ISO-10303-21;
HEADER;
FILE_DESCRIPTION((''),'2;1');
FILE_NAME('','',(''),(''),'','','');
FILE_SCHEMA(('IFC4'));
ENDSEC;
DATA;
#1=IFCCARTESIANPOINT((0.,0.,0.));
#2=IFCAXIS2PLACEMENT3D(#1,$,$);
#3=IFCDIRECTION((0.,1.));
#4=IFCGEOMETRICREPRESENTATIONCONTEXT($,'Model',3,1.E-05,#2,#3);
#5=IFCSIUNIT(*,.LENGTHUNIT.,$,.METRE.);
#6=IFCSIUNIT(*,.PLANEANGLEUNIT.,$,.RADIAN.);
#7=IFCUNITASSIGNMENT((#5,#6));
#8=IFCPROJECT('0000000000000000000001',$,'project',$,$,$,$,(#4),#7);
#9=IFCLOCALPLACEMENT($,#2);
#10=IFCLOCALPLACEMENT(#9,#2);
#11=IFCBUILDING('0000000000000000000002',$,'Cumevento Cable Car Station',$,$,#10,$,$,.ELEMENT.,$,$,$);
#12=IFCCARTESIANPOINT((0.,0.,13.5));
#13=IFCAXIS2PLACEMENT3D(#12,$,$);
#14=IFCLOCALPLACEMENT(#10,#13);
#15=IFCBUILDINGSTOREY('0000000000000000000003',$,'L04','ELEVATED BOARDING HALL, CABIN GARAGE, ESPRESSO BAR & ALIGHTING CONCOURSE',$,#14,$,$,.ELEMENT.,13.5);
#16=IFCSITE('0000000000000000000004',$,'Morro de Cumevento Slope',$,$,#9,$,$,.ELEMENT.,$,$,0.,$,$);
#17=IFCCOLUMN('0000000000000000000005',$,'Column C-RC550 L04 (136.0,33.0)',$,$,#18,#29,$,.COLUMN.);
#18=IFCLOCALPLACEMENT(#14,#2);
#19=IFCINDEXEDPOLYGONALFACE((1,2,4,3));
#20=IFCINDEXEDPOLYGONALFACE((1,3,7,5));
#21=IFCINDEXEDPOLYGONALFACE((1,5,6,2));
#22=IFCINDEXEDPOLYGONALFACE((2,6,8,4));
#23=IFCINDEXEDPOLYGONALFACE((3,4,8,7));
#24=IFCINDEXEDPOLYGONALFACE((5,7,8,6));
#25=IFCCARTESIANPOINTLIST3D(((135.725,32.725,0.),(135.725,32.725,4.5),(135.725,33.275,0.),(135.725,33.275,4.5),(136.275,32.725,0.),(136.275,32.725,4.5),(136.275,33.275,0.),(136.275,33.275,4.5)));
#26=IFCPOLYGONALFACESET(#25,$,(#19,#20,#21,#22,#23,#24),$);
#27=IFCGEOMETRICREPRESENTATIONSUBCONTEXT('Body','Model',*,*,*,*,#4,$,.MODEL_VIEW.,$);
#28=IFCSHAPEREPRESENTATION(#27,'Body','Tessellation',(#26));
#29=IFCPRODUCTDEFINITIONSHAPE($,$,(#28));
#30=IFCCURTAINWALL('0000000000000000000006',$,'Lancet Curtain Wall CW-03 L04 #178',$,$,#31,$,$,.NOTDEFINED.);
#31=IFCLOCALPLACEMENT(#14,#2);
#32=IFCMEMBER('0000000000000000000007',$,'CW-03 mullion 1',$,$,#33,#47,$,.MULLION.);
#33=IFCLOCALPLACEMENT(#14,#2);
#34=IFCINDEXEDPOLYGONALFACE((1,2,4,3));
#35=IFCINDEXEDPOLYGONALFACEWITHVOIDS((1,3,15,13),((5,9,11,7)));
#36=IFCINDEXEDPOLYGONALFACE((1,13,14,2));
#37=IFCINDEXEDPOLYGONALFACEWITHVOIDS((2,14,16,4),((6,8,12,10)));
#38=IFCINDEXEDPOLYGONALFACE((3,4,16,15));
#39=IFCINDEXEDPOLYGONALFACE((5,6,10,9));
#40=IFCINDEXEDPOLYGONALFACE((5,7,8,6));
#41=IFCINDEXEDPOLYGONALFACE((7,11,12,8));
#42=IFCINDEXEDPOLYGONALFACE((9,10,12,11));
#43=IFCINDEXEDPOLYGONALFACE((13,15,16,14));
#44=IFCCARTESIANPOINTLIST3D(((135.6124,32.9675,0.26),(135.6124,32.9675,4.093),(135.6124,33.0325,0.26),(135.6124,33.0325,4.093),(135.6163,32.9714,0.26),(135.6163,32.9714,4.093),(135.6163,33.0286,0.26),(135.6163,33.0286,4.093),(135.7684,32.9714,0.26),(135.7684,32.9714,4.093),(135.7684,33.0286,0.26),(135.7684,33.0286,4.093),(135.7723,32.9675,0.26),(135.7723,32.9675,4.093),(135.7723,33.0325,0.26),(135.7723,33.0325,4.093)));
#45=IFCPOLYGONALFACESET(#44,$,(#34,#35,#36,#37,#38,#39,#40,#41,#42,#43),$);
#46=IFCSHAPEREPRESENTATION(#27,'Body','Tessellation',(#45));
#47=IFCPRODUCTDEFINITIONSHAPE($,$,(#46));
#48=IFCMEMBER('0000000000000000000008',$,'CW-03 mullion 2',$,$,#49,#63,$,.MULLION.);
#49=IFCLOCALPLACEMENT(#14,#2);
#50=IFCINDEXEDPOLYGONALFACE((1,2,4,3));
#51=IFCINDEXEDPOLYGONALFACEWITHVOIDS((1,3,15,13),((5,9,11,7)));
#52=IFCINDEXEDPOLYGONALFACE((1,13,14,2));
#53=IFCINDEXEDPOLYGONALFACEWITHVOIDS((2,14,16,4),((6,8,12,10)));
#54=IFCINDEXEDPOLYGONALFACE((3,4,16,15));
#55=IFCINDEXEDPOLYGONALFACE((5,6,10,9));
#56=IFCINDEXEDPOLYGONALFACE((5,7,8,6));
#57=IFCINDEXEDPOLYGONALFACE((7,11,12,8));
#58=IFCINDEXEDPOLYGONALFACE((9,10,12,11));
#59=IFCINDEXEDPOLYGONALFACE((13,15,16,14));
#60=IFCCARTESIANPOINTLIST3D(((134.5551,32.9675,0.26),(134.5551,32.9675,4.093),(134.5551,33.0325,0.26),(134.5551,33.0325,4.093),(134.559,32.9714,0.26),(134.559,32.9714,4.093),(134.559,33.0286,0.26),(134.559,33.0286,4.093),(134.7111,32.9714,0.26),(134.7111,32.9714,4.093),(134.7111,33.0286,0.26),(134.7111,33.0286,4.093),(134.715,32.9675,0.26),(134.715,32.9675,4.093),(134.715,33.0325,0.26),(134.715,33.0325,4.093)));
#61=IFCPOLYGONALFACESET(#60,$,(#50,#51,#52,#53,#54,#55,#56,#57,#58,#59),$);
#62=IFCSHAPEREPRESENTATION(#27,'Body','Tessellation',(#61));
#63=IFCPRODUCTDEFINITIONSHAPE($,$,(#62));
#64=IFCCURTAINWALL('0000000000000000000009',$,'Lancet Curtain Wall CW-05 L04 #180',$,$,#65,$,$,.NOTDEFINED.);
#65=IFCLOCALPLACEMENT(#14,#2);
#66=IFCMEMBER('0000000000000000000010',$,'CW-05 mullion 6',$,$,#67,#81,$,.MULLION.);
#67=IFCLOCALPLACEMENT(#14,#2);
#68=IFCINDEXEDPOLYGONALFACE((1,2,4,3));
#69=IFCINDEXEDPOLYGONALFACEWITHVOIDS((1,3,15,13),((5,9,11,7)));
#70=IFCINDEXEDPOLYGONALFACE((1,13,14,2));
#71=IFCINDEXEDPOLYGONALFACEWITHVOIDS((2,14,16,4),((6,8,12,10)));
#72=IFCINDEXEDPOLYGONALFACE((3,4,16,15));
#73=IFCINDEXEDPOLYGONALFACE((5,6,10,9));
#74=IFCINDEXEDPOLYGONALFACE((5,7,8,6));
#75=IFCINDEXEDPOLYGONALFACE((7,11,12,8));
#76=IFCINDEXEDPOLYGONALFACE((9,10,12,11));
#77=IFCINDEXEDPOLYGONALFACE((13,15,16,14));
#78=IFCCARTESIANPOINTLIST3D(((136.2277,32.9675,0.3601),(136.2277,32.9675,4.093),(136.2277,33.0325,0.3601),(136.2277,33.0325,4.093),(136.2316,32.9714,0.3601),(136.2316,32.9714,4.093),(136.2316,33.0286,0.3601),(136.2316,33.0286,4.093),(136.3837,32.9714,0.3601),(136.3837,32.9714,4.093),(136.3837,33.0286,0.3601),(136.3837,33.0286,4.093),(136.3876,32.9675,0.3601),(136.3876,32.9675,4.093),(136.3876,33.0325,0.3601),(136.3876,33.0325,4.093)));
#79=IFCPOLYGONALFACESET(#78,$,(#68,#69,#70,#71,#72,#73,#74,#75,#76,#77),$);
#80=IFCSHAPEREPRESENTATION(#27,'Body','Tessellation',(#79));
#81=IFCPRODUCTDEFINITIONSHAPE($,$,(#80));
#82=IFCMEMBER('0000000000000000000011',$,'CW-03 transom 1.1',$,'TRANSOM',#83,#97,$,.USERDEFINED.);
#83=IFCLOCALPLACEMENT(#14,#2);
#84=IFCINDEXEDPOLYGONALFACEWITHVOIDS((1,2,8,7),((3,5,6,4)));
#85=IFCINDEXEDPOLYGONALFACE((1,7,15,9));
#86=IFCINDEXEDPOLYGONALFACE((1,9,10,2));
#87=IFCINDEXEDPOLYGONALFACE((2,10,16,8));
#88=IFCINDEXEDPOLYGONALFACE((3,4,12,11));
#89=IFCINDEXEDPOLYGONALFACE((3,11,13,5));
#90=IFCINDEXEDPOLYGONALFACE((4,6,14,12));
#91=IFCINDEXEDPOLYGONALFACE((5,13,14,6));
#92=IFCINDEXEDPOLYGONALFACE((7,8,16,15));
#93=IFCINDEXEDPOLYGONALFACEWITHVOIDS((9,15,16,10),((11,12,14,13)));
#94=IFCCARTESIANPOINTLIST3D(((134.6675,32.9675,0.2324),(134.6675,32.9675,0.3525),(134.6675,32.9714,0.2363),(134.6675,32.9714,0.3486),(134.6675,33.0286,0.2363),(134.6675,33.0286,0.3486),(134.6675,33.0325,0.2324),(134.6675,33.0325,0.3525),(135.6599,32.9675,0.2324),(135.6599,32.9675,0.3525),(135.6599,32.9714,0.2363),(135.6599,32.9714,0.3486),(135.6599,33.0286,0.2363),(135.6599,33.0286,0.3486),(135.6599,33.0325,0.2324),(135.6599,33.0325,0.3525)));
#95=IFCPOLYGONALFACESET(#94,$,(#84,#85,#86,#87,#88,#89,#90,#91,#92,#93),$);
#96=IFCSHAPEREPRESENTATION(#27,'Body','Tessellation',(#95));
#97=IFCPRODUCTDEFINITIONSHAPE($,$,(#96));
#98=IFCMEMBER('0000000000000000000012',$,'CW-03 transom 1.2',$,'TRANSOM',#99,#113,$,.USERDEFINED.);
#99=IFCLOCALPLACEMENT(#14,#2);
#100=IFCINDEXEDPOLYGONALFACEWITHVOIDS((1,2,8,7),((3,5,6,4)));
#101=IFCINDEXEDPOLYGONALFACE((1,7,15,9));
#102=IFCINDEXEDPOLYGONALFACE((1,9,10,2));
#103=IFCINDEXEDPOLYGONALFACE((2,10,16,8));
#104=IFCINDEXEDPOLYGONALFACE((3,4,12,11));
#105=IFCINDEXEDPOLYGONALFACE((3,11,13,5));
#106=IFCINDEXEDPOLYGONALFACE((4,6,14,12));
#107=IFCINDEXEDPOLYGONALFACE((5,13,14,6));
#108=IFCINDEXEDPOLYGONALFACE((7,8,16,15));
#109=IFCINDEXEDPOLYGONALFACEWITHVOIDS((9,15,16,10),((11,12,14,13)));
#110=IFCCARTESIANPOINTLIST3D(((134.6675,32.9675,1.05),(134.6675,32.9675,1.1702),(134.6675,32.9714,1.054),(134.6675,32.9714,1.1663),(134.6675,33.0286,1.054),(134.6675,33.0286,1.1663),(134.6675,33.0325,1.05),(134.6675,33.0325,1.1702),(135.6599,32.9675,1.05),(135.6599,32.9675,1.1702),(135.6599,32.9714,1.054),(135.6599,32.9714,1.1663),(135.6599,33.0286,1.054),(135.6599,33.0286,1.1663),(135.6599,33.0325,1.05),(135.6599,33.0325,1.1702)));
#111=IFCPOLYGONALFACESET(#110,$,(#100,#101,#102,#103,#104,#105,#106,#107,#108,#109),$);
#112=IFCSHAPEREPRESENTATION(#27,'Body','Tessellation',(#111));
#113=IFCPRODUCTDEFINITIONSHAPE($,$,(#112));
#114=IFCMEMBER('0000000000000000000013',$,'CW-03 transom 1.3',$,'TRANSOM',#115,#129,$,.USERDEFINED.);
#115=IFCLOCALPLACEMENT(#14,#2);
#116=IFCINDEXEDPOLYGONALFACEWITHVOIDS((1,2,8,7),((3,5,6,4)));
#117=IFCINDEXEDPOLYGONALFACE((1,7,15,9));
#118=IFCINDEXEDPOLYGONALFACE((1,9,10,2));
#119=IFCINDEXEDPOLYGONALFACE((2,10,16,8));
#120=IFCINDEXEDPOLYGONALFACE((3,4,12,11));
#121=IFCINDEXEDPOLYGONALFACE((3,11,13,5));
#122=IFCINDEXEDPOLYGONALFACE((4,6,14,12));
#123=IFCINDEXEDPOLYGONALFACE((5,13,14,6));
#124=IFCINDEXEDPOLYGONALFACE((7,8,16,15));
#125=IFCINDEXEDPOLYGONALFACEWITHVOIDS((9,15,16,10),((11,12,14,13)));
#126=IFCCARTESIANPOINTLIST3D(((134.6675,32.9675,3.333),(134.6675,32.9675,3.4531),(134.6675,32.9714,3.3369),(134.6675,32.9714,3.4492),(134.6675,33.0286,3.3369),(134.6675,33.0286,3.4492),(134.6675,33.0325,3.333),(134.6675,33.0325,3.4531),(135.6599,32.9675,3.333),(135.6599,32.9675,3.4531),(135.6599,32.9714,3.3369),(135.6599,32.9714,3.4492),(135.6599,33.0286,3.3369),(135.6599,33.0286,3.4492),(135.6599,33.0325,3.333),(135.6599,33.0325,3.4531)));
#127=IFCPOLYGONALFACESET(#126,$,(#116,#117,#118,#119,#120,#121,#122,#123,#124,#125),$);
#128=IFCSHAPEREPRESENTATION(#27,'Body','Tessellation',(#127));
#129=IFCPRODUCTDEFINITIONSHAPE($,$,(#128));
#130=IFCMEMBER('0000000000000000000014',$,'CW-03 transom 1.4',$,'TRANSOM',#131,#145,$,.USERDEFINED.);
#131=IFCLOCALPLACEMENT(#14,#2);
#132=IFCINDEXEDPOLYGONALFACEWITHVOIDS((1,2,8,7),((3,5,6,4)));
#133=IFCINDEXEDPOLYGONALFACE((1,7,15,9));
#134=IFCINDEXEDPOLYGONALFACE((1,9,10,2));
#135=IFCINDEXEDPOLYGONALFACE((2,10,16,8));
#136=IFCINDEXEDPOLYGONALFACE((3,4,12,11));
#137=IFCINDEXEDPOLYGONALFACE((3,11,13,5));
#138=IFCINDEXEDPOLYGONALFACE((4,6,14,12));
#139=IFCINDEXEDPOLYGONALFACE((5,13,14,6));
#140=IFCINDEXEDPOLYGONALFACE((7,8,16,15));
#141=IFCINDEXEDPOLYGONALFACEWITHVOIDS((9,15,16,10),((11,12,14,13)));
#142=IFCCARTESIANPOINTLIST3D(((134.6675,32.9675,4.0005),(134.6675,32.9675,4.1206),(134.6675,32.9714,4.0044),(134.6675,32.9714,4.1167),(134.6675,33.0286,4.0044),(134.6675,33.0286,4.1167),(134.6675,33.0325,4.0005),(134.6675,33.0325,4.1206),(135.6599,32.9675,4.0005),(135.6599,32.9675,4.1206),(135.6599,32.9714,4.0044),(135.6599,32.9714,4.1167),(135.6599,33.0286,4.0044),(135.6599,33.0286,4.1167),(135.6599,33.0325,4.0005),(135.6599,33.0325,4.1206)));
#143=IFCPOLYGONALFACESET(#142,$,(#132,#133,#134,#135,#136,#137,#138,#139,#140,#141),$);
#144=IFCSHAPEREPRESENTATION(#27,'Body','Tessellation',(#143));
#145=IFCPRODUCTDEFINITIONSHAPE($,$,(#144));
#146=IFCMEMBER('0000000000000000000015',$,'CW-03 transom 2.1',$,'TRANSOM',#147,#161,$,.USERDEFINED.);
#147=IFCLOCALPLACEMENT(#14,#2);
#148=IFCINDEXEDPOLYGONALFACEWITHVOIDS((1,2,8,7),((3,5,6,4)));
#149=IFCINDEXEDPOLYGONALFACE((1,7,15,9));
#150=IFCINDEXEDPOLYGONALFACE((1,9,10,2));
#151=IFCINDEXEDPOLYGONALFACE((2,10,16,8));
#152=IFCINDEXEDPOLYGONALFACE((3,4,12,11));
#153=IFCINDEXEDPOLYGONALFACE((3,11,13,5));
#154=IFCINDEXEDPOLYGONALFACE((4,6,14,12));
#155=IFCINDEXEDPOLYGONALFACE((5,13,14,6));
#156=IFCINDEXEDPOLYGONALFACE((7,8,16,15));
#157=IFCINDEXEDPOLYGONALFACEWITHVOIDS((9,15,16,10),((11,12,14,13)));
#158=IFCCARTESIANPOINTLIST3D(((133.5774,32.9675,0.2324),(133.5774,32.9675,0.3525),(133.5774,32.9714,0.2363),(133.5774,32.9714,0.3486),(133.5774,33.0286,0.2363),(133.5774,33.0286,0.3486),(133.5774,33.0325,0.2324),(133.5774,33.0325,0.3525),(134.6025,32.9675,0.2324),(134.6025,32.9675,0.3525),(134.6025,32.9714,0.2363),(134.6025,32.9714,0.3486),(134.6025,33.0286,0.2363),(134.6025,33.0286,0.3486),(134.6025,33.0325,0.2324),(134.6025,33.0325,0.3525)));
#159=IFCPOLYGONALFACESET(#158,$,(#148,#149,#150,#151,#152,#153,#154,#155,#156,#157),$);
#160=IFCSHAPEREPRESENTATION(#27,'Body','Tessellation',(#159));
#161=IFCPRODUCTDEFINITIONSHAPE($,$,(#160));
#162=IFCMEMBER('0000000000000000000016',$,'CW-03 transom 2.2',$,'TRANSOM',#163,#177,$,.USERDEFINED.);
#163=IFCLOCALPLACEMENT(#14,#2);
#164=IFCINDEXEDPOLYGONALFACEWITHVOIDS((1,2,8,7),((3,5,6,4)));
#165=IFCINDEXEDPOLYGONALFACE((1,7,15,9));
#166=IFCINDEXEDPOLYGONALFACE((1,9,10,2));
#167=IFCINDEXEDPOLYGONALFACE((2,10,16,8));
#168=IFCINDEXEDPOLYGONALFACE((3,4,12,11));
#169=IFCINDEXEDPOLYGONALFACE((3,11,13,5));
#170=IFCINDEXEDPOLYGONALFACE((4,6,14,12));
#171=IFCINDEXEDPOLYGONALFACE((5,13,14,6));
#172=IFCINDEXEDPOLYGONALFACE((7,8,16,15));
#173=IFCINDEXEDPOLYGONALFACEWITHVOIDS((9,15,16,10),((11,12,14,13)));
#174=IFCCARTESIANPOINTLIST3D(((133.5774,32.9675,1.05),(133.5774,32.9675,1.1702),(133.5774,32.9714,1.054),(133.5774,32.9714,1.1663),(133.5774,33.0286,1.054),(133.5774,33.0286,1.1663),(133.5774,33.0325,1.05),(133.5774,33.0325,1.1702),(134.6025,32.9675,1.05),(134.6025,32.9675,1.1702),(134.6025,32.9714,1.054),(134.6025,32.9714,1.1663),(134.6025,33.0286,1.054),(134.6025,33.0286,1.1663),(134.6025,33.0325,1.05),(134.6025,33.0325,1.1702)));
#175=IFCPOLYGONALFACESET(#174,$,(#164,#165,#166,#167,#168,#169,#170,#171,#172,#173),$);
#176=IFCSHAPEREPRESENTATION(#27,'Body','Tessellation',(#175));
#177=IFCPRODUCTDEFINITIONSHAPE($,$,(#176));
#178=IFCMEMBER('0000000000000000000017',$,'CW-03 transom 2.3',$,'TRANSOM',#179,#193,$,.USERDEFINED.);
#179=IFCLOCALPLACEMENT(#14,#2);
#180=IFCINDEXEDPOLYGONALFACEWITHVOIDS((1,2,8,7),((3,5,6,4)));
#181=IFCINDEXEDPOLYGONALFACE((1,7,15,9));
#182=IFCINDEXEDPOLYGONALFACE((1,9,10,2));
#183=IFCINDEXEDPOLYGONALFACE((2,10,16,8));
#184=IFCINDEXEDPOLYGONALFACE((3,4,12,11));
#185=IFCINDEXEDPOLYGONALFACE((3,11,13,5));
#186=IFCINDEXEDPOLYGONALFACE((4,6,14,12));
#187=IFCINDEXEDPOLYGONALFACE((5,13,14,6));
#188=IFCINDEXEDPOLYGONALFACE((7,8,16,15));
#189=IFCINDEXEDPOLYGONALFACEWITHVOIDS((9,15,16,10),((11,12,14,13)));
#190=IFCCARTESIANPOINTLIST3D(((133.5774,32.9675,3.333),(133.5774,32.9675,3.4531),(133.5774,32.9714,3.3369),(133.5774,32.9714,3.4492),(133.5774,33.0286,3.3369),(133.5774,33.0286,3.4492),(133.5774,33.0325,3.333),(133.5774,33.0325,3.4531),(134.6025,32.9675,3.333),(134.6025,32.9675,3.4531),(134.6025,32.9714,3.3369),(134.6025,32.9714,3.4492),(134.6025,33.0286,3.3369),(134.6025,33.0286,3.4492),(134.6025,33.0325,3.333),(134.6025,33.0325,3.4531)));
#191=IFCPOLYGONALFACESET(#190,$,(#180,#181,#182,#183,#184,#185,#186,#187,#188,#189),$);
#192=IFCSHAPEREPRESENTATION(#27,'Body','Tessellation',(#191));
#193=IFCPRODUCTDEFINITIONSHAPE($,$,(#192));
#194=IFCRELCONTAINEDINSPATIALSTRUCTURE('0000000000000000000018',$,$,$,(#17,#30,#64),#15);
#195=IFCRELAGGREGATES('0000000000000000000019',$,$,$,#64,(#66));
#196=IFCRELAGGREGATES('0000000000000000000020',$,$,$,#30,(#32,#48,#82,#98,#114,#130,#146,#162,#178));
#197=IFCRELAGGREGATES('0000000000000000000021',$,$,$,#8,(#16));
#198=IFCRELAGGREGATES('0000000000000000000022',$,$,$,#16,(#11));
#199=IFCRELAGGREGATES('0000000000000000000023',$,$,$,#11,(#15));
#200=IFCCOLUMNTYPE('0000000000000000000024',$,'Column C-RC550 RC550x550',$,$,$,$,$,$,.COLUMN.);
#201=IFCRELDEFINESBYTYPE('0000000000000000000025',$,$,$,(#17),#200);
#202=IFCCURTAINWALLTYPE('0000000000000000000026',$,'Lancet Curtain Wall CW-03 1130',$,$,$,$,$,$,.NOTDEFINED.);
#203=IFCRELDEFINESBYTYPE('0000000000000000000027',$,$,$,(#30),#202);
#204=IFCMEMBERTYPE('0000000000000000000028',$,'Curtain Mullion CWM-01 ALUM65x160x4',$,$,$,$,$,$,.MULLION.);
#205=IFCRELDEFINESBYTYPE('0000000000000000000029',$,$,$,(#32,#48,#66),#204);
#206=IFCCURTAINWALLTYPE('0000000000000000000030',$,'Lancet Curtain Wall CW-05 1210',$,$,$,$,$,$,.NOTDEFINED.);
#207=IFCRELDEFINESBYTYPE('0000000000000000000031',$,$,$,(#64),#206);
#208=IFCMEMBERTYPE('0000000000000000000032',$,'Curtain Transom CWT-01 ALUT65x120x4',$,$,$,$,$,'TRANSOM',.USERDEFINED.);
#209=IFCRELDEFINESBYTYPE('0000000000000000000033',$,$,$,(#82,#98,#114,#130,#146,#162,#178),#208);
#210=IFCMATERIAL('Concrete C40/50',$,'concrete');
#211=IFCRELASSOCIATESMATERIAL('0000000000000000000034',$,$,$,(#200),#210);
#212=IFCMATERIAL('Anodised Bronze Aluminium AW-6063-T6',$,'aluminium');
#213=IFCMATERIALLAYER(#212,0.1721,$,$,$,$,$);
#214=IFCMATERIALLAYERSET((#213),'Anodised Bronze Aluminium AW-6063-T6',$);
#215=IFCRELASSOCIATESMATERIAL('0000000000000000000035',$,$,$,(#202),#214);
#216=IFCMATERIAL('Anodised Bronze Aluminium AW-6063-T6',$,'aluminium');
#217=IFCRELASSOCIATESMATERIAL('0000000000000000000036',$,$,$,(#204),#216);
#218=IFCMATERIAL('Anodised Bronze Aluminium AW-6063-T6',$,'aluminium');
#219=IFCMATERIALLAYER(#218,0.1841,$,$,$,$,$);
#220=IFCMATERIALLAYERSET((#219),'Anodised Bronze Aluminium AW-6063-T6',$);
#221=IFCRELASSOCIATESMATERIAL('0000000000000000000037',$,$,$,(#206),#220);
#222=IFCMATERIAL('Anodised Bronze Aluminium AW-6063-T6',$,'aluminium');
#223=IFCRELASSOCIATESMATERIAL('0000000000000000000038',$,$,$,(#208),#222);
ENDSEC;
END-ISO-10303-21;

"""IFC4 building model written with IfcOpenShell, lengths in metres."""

from ifc_helpers import new_model, si_unit, direction, frame, origin, origin_2d, place, context, subcontext, project, spatial, rectangle, hollow_rectangle, extrude, material, layer, layer_set, material_profile, profile_set, type_object, element, aggregate, save


model = new_model("IFC4")

# Units and contexts
model_context = context("Model", 3, precision=1e-05, world=origin(), true_north=direction((0.0, 1.0)))
body_context = subcontext(model_context, "Body", "Model", "MODEL_VIEW")
ifc_project = project(units=[si_unit("LENGTHUNIT", "METRE"), si_unit("PLANEANGLEUNIT", "RADIAN")], contexts=[model_context])

# Site, building, storey
site_placement = place(None, origin())
site = spatial("IfcSite", under=ifc_project, at=site_placement, Name="Morro de Cumevento Slope", CompositionType="ELEMENT", RefElevation=0.0)
building_placement = place(site_placement, origin())
building = spatial("IfcBuilding", under=site, at=building_placement, Name="Cumevento Cable Car Station", CompositionType="ELEMENT")
storey_placement = place(building_placement, frame((0.0, 0.0, 13.5)))
storey = spatial("IfcBuildingStorey", under=building, at=storey_placement, Name="L04", Description="ELEVATED BOARDING HALL, CABIN GARAGE, ESPRESSO BAR & ALIGHTING CONCOURSE", CompositionType="ELEMENT", Elevation=13.5)

# Column
ifc_material_1 = material(Name="Concrete C40/50", Category="concrete")
ifc_material_profile_1 = material_profile(ifc_material_1, rectangle(XDim=0.55, YDim=0.55, at=origin_2d()), Name="RC550x550")
ifc_profile_set_1 = profile_set([ifc_material_profile_1], Name="Concrete C40/50")
column_type = type_object("IfcColumnType", Name="Column C-RC550 RC550x550", PredefinedType="COLUMN", material=ifc_profile_set_1)
column_placement = place(storey_placement, frame((136.0, 33.0, 0.0), z_axis=(0.0, 0.0, 1.0), x_axis=(1.0, 0.0, 0.0)))
element("IfcColumn", 1, at=column_placement, inside=storey, type_object=column_type, Name="Column C-RC550 L04 (136.0,33.0)", PredefinedType="COLUMN", context=body_context, shape_type="SweptSolid", body=[
    extrude(rectangle(XDim=0.55, YDim=0.55, at=origin_2d()), origin(), (0.0, 0.0, 1.0), 4.5),
])

# Curtain wall, members
ifc_material_2 = material(Name="Anodised Bronze Aluminium AW-6063-T6", Category="aluminium")
ifc_layer_1 = layer(ifc_material_2, 0.1721)
ifc_layer_set_1 = layer_set([ifc_layer_1], Name="Anodised Bronze Aluminium AW-6063-T6")
curtain_wall_type_1 = type_object("IfcCurtainWallType", Name="Lancet Curtain Wall CW-03 1130", PredefinedType="NOTDEFINED", material=ifc_layer_set_1)
curtain_wall_1_placement = place(storey_placement, origin())
curtain_wall_1 = element("IfcCurtainWall", 2, at=curtain_wall_1_placement, inside=storey, type_object=curtain_wall_type_1, Name="Lancet Curtain Wall CW-03 L04 #178", PredefinedType="NOTDEFINED")
ifc_material_3 = material(Name="Anodised Bronze Aluminium AW-6063-T6", Category="aluminium")
ifc_material_profile_2 = material_profile(ifc_material_3, hollow_rectangle(XDim=0.0649, YDim=0.1599, WallThickness=0.0039, at=origin_2d()), Name="ALUM65x160x4")
ifc_profile_set_2 = profile_set([ifc_material_profile_2], Name="Anodised Bronze Aluminium AW-6063-T6")
member_type_1 = type_object("IfcMemberType", Name="Curtain Mullion CWM-01 ALUM65x160x4", PredefinedType="MULLION", material=ifc_profile_set_2)
member_1_placement = place(storey_placement, frame((135.6924, 33.0, 0.26), z_axis=(0.0, 0.0, 1.0), x_axis=(0.0, -1.0, 0.0)))
member_1 = element("IfcMember", 3, at=member_1_placement, type_object=member_type_1, Name="CW-03 mullion 1", PredefinedType="MULLION", context=body_context, shape_type="SweptSolid", body=[
    extrude(hollow_rectangle(XDim=0.0649, YDim=0.1599, WallThickness=0.0039, at=origin_2d()), origin(), (0.0, 0.0, 1.0), 3.833),
])
member_2_placement = place(storey_placement, frame((134.635, 33.0, 0.26), z_axis=(0.0, 0.0, 1.0), x_axis=(0.0, -1.0, 0.0)))
member_2 = element("IfcMember", 4, at=member_2_placement, type_object=member_type_1, Name="CW-03 mullion 2", PredefinedType="MULLION", context=body_context, shape_type="SweptSolid", body=[
    extrude(hollow_rectangle(XDim=0.0649, YDim=0.1599, WallThickness=0.0039, at=origin_2d()), origin(), (0.0, 0.0, 1.0), 3.833),
])

# Curtain wall, member
ifc_material_4 = material(Name="Anodised Bronze Aluminium AW-6063-T6", Category="aluminium")
ifc_layer_2 = layer(ifc_material_4, 0.1841)
ifc_layer_set_2 = layer_set([ifc_layer_2], Name="Anodised Bronze Aluminium AW-6063-T6")
curtain_wall_type_2 = type_object("IfcCurtainWallType", Name="Lancet Curtain Wall CW-05 1210", PredefinedType="NOTDEFINED", material=ifc_layer_set_2)
curtain_wall_2_placement = place(storey_placement, origin())
curtain_wall_2 = element("IfcCurtainWall", 5, at=curtain_wall_2_placement, inside=storey, type_object=curtain_wall_type_2, Name="Lancet Curtain Wall CW-05 L04 #180", PredefinedType="NOTDEFINED")
member_3_placement = place(storey_placement, frame((136.3076, 33.0, 0.3601), z_axis=(0.0, 0.0, 1.0), x_axis=(0.0, -1.0, 0.0)))
member_3 = element("IfcMember", 6, at=member_3_placement, type_object=member_type_1, Name="CW-05 mullion 6", PredefinedType="MULLION", context=body_context, shape_type="SweptSolid", body=[
    extrude(hollow_rectangle(XDim=0.0649, YDim=0.1599, WallThickness=0.0039, at=origin_2d()), origin(), (0.0, 0.0, 1.0), 3.7329),
])
aggregate(curtain_wall_2, [member_3])

# Members
ifc_material_5 = material(Name="Anodised Bronze Aluminium AW-6063-T6", Category="aluminium")
ifc_material_profile_3 = material_profile(ifc_material_5, hollow_rectangle(XDim=0.0649, YDim=0.1201, WallThickness=0.0039, at=origin_2d()), Name="ALUT65x120x4")
ifc_profile_set_3 = profile_set([ifc_material_profile_3], Name="Anodised Bronze Aluminium AW-6063-T6")
member_type_2 = type_object("IfcMemberType", Name="Curtain Transom CWT-01 ALUT65x120x4", ElementType="TRANSOM", PredefinedType="USERDEFINED", material=ifc_profile_set_3)
member_4_placement = place(storey_placement, frame((135.6599, 33.0, 0.2925), z_axis=(-1.0, 0.0, 0.0), x_axis=(0.0, -1.0, 0.0)))
member_4 = element("IfcMember", 7, at=member_4_placement, type_object=member_type_2, Name="CW-03 transom 1.1", ObjectType="TRANSOM", PredefinedType="USERDEFINED", context=body_context, shape_type="SweptSolid", body=[
    extrude(hollow_rectangle(XDim=0.0649, YDim=0.1201, WallThickness=0.0039, at=origin_2d()), origin(), (0.0, 0.0, 1.0), 0.9924),
])
member_5_placement = place(storey_placement, frame((135.6599, 33.0, 1.1101), z_axis=(-1.0, 0.0, 0.0), x_axis=(0.0, -1.0, 0.0)))
member_5 = element("IfcMember", 8, at=member_5_placement, type_object=member_type_2, Name="CW-03 transom 1.2", ObjectType="TRANSOM", PredefinedType="USERDEFINED", context=body_context, shape_type="SweptSolid", body=[
    extrude(hollow_rectangle(XDim=0.0649, YDim=0.1201, WallThickness=0.0039, at=origin_2d()), origin(), (0.0, 0.0, 1.0), 0.9924),
])
member_6_placement = place(storey_placement, frame((135.6599, 33.0, 3.3931), z_axis=(-1.0, 0.0, 0.0), x_axis=(0.0, -1.0, 0.0)))
member_6 = element("IfcMember", 9, at=member_6_placement, type_object=member_type_2, Name="CW-03 transom 1.3", ObjectType="TRANSOM", PredefinedType="USERDEFINED", context=body_context, shape_type="SweptSolid", body=[
    extrude(hollow_rectangle(XDim=0.0649, YDim=0.1201, WallThickness=0.0039, at=origin_2d()), origin(), (0.0, 0.0, 1.0), 0.9924),
])
member_7_placement = place(storey_placement, frame((135.6599, 33.0, 4.0605), z_axis=(-1.0, 0.0, 0.0), x_axis=(0.0, -1.0, 0.0)))
member_7 = element("IfcMember", 10, at=member_7_placement, type_object=member_type_2, Name="CW-03 transom 1.4", ObjectType="TRANSOM", PredefinedType="USERDEFINED", context=body_context, shape_type="SweptSolid", body=[
    extrude(hollow_rectangle(XDim=0.0649, YDim=0.1201, WallThickness=0.0039, at=origin_2d()), origin(), (0.0, 0.0, 1.0), 0.9924),
])
member_8_placement = place(storey_placement, frame((134.6025, 33.0, 0.2925), z_axis=(-1.0, 0.0, 0.0), x_axis=(0.0, -1.0, 0.0)))
member_8 = element("IfcMember", 11, at=member_8_placement, type_object=member_type_2, Name="CW-03 transom 2.1", ObjectType="TRANSOM", PredefinedType="USERDEFINED", context=body_context, shape_type="SweptSolid", body=[
    extrude(hollow_rectangle(XDim=0.0649, YDim=0.1201, WallThickness=0.0039, at=origin_2d()), origin(), (0.0, 0.0, 1.0), 1.0251),
])
member_9_placement = place(storey_placement, frame((134.6025, 33.0, 1.1101), z_axis=(-1.0, 0.0, 0.0), x_axis=(0.0, -1.0, 0.0)))
member_9 = element("IfcMember", 12, at=member_9_placement, type_object=member_type_2, Name="CW-03 transom 2.2", ObjectType="TRANSOM", PredefinedType="USERDEFINED", context=body_context, shape_type="SweptSolid", body=[
    extrude(hollow_rectangle(XDim=0.0649, YDim=0.1201, WallThickness=0.0039, at=origin_2d()), origin(), (0.0, 0.0, 1.0), 1.0251),
])
member_10_placement = place(storey_placement, frame((134.6025, 33.0, 3.3931), z_axis=(-1.0, 0.0, 0.0), x_axis=(0.0, -1.0, 0.0)))
member_10 = element("IfcMember", 13, at=member_10_placement, type_object=member_type_2, Name="CW-03 transom 2.3", ObjectType="TRANSOM", PredefinedType="USERDEFINED", context=body_context, shape_type="SweptSolid", body=[
    extrude(hollow_rectangle(XDim=0.0649, YDim=0.1201, WallThickness=0.0039, at=origin_2d()), origin(), (0.0, 0.0, 1.0), 1.0251),
])

aggregate(curtain_wall_1, [member_1, member_2, member_4, member_5, member_6, member_7, member_8, member_9, member_10])

save(model, "model.ifc")
